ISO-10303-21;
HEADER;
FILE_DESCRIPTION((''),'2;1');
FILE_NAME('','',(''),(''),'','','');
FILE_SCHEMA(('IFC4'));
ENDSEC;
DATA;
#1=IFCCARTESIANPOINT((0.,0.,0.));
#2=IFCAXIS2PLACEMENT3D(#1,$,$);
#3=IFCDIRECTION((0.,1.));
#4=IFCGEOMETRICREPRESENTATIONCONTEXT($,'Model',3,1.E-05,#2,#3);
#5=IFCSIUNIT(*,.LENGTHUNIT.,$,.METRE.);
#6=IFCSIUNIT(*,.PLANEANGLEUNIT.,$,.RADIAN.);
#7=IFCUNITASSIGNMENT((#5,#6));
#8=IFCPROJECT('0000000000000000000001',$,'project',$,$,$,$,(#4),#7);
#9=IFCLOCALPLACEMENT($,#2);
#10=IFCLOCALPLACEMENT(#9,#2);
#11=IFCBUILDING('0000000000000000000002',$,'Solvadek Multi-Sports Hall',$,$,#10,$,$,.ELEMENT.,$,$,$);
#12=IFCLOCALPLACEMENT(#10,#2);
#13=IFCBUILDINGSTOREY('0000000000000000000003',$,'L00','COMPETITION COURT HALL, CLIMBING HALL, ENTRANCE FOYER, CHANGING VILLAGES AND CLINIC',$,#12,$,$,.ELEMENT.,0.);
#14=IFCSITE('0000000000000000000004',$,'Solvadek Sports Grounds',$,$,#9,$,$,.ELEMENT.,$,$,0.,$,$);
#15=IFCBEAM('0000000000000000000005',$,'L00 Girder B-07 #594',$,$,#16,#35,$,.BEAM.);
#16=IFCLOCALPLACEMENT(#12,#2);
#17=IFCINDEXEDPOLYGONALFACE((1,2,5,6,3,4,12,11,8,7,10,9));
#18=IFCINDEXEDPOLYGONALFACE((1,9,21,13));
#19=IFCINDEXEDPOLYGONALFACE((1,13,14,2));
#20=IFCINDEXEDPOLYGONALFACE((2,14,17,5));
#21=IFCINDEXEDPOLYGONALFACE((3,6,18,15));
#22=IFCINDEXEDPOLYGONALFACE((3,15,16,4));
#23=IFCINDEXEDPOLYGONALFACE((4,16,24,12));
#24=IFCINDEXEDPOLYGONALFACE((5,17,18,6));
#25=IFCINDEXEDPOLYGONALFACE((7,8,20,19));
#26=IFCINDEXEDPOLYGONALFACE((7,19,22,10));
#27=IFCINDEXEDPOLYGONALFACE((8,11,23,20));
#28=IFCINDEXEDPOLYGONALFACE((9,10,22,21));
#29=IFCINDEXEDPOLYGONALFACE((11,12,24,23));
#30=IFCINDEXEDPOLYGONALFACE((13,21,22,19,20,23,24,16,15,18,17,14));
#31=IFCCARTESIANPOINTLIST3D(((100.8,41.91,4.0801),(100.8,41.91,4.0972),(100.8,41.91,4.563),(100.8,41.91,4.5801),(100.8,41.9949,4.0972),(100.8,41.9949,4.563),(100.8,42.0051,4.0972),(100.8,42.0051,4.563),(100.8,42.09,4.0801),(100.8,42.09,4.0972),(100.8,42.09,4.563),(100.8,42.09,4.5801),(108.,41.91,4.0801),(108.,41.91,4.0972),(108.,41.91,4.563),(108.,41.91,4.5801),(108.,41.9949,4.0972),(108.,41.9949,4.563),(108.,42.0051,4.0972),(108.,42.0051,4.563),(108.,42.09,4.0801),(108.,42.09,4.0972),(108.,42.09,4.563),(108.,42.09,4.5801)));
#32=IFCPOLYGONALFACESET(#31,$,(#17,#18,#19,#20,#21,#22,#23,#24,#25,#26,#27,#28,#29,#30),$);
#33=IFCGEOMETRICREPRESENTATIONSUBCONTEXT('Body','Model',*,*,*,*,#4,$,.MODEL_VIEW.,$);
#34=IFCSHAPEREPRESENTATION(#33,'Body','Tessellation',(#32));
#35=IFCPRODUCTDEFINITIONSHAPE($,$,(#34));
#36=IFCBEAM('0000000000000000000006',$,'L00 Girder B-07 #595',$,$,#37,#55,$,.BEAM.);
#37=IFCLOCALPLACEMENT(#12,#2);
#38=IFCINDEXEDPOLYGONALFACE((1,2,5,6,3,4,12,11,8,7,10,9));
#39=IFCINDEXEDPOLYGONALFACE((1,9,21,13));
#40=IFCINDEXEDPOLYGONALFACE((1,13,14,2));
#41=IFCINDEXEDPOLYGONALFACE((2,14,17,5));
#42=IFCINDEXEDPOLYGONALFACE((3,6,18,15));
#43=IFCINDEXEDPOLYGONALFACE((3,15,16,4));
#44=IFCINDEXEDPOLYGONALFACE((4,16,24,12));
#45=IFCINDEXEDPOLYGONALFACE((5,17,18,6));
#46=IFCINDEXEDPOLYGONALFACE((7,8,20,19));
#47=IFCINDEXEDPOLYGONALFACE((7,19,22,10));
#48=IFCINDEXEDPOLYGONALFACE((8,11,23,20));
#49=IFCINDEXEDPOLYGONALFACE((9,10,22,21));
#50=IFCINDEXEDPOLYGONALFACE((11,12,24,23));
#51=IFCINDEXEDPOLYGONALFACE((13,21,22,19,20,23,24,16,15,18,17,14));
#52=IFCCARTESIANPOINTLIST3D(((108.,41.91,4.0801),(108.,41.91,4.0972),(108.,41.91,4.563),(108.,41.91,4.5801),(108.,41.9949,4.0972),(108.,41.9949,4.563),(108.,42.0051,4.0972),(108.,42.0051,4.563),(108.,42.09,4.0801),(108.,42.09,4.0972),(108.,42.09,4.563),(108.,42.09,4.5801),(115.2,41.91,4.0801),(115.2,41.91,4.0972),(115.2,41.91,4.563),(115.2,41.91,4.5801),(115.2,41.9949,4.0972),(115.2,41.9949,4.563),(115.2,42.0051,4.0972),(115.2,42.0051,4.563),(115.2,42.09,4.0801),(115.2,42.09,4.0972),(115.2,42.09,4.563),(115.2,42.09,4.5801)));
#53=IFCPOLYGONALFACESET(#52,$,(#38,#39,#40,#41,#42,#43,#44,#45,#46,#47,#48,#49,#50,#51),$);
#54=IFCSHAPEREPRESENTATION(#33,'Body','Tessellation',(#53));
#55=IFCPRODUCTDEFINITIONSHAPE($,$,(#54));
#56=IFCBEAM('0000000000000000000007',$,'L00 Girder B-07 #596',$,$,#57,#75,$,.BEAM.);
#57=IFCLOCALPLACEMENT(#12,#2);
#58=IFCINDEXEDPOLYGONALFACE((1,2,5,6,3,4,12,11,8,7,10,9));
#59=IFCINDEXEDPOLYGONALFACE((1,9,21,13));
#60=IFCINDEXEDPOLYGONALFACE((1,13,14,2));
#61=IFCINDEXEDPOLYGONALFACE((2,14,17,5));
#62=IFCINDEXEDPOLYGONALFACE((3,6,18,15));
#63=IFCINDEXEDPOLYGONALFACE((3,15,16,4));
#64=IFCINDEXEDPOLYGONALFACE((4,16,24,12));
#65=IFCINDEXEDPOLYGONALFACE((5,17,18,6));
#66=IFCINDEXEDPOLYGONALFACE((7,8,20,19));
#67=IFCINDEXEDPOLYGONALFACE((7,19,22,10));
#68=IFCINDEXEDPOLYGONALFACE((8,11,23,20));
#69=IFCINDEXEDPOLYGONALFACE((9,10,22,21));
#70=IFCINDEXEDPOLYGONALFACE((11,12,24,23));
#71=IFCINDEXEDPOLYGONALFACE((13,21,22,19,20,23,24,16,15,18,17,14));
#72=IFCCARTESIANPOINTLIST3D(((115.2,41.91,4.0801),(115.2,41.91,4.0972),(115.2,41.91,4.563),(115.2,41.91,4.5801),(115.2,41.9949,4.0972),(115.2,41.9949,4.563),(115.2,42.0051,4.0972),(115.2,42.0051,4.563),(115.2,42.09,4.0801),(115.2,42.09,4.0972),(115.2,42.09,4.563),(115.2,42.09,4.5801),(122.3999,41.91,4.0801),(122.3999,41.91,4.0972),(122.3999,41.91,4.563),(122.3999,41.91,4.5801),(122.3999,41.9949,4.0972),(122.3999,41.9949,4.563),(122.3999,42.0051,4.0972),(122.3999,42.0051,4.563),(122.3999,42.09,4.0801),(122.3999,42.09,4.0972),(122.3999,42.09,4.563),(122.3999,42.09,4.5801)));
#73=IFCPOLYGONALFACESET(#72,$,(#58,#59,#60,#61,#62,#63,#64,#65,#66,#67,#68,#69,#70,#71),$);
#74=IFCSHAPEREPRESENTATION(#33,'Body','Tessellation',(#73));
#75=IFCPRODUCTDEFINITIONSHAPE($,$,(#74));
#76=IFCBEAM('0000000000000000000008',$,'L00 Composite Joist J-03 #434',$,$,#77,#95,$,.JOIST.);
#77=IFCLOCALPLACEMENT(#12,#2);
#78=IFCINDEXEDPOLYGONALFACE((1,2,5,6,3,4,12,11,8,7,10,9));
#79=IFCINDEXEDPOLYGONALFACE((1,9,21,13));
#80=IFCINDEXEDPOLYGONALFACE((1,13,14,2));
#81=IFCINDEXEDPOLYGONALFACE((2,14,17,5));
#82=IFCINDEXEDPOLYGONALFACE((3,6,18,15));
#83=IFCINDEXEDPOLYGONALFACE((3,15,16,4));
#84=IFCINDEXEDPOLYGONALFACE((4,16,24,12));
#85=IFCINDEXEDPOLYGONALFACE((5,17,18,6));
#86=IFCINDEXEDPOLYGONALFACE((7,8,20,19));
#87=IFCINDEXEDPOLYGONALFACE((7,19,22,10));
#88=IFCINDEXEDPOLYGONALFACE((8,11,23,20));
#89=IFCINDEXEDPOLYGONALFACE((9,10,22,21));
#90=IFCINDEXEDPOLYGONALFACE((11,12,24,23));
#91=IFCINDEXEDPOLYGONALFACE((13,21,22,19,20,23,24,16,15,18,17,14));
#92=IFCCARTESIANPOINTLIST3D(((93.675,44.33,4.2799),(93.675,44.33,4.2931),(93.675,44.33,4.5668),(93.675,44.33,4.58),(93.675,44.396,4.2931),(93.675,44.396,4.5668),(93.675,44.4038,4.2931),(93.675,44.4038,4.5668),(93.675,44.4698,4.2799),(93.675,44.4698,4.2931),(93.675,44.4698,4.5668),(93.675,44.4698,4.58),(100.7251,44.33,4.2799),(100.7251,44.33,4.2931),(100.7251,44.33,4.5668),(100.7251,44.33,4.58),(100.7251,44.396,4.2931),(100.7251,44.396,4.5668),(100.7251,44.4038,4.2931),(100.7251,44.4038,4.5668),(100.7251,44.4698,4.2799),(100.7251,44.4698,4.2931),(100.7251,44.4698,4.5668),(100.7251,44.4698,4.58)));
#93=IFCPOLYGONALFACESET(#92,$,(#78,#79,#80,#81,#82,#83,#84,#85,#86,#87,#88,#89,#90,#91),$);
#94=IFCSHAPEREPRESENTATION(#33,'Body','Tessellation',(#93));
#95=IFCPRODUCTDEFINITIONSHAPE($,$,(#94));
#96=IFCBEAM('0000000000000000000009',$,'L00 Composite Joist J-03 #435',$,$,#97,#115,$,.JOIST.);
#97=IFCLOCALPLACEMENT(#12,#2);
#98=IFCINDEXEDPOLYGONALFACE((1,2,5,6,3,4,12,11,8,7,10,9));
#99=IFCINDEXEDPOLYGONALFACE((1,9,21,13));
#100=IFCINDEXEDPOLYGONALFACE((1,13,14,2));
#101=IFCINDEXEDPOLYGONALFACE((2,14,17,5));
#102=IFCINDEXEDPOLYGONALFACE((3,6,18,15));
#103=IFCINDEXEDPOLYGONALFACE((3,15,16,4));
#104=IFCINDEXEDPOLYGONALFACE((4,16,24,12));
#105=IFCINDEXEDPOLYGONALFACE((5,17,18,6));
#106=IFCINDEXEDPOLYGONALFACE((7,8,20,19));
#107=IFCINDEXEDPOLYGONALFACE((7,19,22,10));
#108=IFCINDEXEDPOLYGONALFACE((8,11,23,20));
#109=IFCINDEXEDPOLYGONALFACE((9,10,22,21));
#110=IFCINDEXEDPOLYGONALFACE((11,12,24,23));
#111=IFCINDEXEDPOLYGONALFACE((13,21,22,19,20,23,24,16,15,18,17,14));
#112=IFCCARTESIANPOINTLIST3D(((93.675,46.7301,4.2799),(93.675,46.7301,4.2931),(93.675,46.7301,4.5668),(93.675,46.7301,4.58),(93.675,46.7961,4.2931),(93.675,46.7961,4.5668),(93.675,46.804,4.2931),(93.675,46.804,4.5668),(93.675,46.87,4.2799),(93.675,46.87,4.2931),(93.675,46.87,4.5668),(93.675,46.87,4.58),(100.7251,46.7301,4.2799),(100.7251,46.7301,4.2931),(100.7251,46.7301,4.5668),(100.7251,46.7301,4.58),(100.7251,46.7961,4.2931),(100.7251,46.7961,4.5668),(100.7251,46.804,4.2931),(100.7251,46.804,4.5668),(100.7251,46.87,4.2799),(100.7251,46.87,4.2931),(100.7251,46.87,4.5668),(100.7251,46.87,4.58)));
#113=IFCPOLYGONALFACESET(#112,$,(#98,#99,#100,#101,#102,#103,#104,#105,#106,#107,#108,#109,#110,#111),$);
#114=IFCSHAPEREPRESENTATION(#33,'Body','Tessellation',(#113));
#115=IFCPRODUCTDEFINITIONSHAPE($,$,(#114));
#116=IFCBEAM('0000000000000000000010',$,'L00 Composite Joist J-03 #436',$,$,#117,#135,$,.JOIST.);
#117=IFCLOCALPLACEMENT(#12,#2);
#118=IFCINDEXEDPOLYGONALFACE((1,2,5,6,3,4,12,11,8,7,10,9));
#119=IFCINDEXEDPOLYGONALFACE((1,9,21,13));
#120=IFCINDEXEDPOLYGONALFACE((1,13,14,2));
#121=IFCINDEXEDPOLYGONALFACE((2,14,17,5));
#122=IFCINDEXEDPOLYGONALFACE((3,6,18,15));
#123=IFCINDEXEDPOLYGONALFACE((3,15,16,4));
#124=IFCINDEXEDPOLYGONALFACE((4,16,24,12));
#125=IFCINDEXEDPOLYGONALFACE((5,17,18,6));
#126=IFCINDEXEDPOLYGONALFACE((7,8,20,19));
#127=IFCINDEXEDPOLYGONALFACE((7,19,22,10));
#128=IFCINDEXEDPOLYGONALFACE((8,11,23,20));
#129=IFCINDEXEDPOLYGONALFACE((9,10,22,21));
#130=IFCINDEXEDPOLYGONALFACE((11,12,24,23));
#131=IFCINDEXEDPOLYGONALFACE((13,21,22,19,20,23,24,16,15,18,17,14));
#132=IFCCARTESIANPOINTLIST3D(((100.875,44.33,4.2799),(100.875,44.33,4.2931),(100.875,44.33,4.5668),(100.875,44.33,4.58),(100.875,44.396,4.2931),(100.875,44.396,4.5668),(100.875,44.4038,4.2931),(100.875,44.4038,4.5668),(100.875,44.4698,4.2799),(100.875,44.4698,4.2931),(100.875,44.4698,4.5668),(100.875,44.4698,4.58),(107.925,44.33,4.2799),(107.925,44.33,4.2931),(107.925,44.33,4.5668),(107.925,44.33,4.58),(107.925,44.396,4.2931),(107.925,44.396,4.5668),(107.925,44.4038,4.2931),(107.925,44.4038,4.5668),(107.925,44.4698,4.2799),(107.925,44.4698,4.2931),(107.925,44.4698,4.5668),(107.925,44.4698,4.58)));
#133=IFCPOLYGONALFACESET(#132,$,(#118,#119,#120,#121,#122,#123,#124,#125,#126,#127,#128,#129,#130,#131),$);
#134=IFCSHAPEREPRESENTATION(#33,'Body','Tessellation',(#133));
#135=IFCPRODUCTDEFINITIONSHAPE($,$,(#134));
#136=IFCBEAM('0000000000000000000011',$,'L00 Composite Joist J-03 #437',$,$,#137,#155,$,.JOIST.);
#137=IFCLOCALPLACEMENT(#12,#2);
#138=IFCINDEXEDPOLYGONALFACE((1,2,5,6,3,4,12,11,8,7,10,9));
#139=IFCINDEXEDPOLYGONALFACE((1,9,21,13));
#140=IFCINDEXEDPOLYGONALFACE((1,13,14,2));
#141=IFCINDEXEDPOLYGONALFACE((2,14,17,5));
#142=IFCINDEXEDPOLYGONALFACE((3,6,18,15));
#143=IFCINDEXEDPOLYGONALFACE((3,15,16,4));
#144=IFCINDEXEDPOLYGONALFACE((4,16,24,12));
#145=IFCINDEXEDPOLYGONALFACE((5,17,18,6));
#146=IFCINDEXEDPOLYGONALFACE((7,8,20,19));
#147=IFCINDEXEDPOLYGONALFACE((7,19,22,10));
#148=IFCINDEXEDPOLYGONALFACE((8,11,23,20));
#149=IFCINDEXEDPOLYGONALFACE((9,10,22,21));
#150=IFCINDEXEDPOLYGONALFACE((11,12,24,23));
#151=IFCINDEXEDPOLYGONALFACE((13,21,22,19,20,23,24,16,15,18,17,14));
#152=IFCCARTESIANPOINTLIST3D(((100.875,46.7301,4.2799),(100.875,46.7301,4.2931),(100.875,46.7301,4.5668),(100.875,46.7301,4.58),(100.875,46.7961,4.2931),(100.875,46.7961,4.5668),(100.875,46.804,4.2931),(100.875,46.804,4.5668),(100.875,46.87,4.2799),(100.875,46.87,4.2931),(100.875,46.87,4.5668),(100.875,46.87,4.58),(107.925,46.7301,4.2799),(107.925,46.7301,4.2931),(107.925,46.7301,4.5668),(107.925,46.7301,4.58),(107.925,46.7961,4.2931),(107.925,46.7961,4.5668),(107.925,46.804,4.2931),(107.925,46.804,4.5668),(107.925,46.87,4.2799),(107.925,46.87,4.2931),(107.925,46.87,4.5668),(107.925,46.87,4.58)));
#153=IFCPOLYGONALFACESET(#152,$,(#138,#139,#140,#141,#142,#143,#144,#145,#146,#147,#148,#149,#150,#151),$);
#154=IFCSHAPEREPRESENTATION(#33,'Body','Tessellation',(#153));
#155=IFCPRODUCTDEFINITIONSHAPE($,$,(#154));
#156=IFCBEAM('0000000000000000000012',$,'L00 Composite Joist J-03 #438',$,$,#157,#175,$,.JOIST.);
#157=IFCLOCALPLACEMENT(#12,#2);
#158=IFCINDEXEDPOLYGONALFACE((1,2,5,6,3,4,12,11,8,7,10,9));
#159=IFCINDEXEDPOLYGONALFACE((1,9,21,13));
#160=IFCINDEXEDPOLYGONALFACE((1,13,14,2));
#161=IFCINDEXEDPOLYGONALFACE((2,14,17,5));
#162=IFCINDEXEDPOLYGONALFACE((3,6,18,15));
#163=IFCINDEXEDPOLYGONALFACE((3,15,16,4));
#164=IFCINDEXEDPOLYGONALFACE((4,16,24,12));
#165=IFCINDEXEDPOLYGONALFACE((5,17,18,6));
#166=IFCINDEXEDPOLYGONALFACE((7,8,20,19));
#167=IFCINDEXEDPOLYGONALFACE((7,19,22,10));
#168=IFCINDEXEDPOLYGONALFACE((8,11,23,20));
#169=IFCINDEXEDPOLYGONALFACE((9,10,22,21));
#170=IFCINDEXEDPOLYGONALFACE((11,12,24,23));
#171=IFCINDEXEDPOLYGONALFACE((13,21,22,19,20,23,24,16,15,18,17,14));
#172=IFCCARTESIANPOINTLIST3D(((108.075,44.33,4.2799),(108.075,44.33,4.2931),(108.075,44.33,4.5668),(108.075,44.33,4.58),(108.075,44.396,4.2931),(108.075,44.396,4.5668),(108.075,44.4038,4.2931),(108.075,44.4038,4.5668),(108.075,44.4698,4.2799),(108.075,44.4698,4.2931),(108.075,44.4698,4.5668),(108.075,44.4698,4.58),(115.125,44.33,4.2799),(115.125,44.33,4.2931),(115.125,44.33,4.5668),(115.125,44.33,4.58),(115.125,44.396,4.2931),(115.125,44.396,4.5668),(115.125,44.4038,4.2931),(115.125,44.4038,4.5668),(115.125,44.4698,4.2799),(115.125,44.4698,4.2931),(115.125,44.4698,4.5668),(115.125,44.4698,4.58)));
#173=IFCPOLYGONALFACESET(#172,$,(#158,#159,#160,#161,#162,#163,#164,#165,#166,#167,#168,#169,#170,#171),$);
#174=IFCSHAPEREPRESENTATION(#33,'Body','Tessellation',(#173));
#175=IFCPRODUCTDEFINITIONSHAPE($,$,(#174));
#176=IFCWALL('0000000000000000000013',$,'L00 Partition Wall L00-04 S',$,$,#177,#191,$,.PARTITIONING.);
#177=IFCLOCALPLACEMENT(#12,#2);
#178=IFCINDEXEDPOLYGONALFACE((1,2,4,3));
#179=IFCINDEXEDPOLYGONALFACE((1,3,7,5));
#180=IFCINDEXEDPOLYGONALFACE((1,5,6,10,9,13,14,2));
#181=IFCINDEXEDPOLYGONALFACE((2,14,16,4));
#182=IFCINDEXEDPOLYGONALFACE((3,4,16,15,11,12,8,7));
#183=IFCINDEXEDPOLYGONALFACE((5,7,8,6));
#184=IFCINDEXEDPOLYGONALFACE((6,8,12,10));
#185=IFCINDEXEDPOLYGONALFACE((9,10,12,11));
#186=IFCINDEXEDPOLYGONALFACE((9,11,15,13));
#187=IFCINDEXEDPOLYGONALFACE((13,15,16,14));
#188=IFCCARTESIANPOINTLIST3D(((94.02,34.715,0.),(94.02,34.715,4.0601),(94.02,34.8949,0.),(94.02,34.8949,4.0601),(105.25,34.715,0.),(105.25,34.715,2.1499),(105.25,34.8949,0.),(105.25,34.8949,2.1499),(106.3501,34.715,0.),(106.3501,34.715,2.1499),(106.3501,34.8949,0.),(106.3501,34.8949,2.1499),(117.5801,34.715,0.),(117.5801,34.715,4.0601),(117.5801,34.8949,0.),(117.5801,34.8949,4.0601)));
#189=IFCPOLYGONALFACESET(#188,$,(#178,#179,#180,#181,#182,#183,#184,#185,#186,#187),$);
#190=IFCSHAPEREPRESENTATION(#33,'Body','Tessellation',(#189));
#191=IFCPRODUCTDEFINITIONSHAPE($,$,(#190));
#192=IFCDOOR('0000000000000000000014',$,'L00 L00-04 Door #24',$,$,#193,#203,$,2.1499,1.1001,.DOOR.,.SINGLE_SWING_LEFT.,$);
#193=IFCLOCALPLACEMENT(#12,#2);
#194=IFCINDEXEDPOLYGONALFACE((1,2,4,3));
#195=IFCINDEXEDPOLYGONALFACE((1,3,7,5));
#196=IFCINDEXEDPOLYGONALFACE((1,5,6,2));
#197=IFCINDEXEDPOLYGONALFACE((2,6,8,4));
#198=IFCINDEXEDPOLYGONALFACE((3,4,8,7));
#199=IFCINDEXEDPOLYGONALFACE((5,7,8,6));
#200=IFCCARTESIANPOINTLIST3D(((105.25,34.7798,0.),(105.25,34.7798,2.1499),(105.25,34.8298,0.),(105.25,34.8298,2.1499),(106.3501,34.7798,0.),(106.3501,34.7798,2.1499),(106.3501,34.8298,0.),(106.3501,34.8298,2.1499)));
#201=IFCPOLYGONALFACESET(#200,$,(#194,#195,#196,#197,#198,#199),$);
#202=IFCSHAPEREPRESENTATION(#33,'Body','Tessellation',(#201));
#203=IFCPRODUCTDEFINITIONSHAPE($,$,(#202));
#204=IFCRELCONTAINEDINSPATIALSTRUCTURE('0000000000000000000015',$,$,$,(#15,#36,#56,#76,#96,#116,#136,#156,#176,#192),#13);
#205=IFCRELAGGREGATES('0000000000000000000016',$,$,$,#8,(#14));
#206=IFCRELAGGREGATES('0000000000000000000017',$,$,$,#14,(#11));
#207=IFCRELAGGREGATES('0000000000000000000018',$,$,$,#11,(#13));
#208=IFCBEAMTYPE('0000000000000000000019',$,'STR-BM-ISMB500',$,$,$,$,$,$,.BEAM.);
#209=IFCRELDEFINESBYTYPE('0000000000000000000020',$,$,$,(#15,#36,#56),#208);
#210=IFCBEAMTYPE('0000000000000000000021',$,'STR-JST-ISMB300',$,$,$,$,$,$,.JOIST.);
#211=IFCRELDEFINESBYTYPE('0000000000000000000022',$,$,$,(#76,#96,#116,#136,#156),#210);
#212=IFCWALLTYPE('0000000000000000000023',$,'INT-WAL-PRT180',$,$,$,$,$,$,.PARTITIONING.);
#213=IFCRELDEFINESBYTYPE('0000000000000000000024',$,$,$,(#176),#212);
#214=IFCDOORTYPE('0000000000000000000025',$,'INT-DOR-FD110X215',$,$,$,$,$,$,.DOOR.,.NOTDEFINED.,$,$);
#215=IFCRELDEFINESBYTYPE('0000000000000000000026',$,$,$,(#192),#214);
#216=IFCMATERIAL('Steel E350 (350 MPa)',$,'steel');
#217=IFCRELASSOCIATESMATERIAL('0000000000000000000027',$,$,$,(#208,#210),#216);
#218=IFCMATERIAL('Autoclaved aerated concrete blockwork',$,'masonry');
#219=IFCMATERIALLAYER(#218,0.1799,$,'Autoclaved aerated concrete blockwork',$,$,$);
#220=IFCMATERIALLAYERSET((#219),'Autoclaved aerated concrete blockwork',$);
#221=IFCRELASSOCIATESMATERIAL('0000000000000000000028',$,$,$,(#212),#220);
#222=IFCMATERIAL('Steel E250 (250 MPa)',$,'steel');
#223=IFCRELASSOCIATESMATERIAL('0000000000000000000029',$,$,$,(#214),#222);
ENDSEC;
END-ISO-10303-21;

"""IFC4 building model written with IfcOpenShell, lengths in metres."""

from ifc_helpers import new_model, si_unit, direction, frame, frame_2d, origin, origin_2d, place, context, subcontext, project, spatial, rectangle, i_section, extrude, material, layer, layer_set, material_profile, profile_set, type_object, element, fill, save


model = new_model("IFC4")

# Units and contexts
model_context = context("Model", 3, precision=1e-05, world=origin(), true_north=direction((0.0, 1.0)))
body_context = subcontext(model_context, "Body", "Model", "MODEL_VIEW")
ifc_project = project(units=[si_unit("LENGTHUNIT", "METRE"), si_unit("PLANEANGLEUNIT", "RADIAN")], contexts=[model_context])

# Site, building, storey
site_placement = place(None, origin())
site = spatial("IfcSite", under=ifc_project, at=site_placement, Name="Solvadek Sports Grounds", CompositionType="ELEMENT", RefElevation=0.0)
building_placement = place(site_placement, origin())
building = spatial("IfcBuilding", under=site, at=building_placement, Name="Solvadek Multi-Sports Hall", CompositionType="ELEMENT")
storey_placement = place(building_placement, origin())
storey = spatial("IfcBuildingStorey", under=building, at=storey_placement, Name="L00", Description="COMPETITION COURT HALL, CLIMBING HALL, ENTRANCE FOYER, CHANGING VILLAGES AND CLINIC", CompositionType="ELEMENT", Elevation=0.0)

# Shared definitions
ifc_material_1 = material(Name="Steel E350 (350 MPa)", Category="steel")

# Beams
ifc_material_profile_1 = material_profile(ifc_material_1, i_section(OverallWidth=0.1799, OverallDepth=0.5, WebThickness=0.0103, FlangeThickness=0.0171, at=origin_2d()), Name="ISMB 500")
ifc_profile_set_1 = profile_set([ifc_material_profile_1], Name="Steel E350 (350 MPa)")
beam_type_1 = type_object("IfcBeamType", Name="STR-BM-ISMB500", PredefinedType="BEAM", material=ifc_profile_set_1)
for number, where, z_axis, x_axis, name in (
    (1, (100.8, 42.0, 4.3301), (1.0, 0.0, 0.0), (0.0, 1.0, 0.0), "L00 Girder B-07 #594"),
    (2, (108.0, 42.0, 4.3301), (1.0, 0.0, 0.0), (0.0, 1.0, 0.0), "L00 Girder B-07 #595"),
    (3, (115.2, 42.0, 4.3301), (1.0, 0.0, 0.0), (0.0, 1.0, 0.0), "L00 Girder B-07 #596"),
):
    element("IfcBeam", number, at=place(storey_placement, frame(where, z_axis=z_axis, x_axis=x_axis)), inside=storey, type_object=beam_type_1, Name=name, PredefinedType="BEAM", context=body_context, shape_type="SweptSolid", body=[
        extrude(i_section(OverallWidth=0.1799, OverallDepth=0.5, WebThickness=0.0103, FlangeThickness=0.0171, at=origin_2d()), origin(), (0.0, 0.0, 1.0), 7.2),
    ])
ifc_material_profile_2 = material_profile(ifc_material_1, i_section(OverallWidth=0.1399, OverallDepth=0.3, WebThickness=0.0078, FlangeThickness=0.0132, at=origin_2d()), Name="ISMB 300")
ifc_profile_set_2 = profile_set([ifc_material_profile_2], Name="Steel E350 (350 MPa)")
beam_type_2 = type_object("IfcBeamType", Name="STR-JST-ISMB300", PredefinedType="JOIST", material=ifc_profile_set_2)
for number, where, z_axis, x_axis, name in (
    (4, (93.675, 44.3999, 4.4299), (1.0, 0.0, 0.0), (0.0, 1.0, 0.0), "L00 Composite Joist J-03 #434"),
    (5, (93.675, 46.8, 4.4299), (1.0, 0.0, 0.0), (0.0, 1.0, 0.0), "L00 Composite Joist J-03 #435"),
    (6, (100.875, 44.3999, 4.4299), (1.0, 0.0, 0.0), (0.0, 1.0, 0.0), "L00 Composite Joist J-03 #436"),
    (7, (100.875, 46.8, 4.4299), (1.0, 0.0, 0.0), (0.0, 1.0, 0.0), "L00 Composite Joist J-03 #437"),
    (8, (108.075, 44.3999, 4.4299), (1.0, 0.0, 0.0), (0.0, 1.0, 0.0), "L00 Composite Joist J-03 #438"),
):
    element("IfcBeam", number, at=place(storey_placement, frame(where, z_axis=z_axis, x_axis=x_axis)), inside=storey, type_object=beam_type_2, Name=name, PredefinedType="JOIST", context=body_context, shape_type="SweptSolid", body=[
        extrude(i_section(OverallWidth=0.1399, OverallDepth=0.3, WebThickness=0.0078, FlangeThickness=0.0132, at=origin_2d()), origin(), (0.0, 0.0, 1.0), 7.05),
    ])

# Wall, opening, door
ifc_material_2 = material(Name="Autoclaved aerated concrete blockwork", Category="masonry")
ifc_layer = layer(ifc_material_2, 0.1799, Name="Autoclaved aerated concrete blockwork")
ifc_layer_set = layer_set([ifc_layer], Name="Autoclaved aerated concrete blockwork")
wall_type = type_object("IfcWallType", Name="INT-WAL-PRT180", PredefinedType="PARTITIONING", material=ifc_layer_set)
wall_1_placement = place(storey_placement, frame((94.02, 34.8049, 0.0), z_axis=(0.0, 0.0, 1.0), x_axis=(1.0, 0.0, 0.0)))
wall_1 = element("IfcWall", 9, at=wall_1_placement, inside=storey, type_object=wall_type, Name="L00 Partition Wall L00-04 S", PredefinedType="PARTITIONING", context=body_context, shape_type="SweptSolid", body=[
    extrude(rectangle(XDim=23.5601, YDim=0.1799, at=frame_2d((11.78, 0.0))), origin(), (0.0, 0.0, 1.0), 4.0601),
])
opening_placement = place(wall_1_placement, frame((11.23, 0.0, 0.0)))
opening = element("IfcOpeningElement", 10, at=opening_placement, cuts=wall_1, PredefinedType="OPENING", context=body_context, shape_type="SweptSolid", body=[
    extrude(rectangle(XDim=1.1001, YDim=2.1499, at=frame_2d((0.55, 1.075))), frame((0.0, 0.0999, 0.0), z_axis=(0.0, -1.0, 0.0), x_axis=(1.0, 0.0, 0.0)), (0.0, 0.0, 1.0), 0.2),
])
ifc_material_3 = material(Name="Steel E250 (250 MPa)", Category="steel")
door_type = type_object("IfcDoorType", Name="INT-DOR-FD110X215", OperationType="NOTDEFINED", PredefinedType="DOOR", material=ifc_material_3)
door_placement = place(opening_placement, origin())
door = element("IfcDoor", 11, at=door_placement, inside=storey, type_object=door_type, Name="L00 L00-04 Door #24", OperationType="SINGLE_SWING_LEFT", OverallHeight=2.1499, OverallWidth=1.1001, PredefinedType="DOOR", context=body_context, shape_type="SweptSolid", body=[
    extrude(rectangle(XDim=1.1001, YDim=2.1499, at=frame_2d((0.55, 1.075))), frame((0.0, 0.0249, 0.0), z_axis=(0.0, -1.0, 0.0), x_axis=(1.0, 0.0, 0.0)), (0.0, 0.0, 1.0), 0.05),
])
fill(opening, door)

save(model, "model.ifc")
